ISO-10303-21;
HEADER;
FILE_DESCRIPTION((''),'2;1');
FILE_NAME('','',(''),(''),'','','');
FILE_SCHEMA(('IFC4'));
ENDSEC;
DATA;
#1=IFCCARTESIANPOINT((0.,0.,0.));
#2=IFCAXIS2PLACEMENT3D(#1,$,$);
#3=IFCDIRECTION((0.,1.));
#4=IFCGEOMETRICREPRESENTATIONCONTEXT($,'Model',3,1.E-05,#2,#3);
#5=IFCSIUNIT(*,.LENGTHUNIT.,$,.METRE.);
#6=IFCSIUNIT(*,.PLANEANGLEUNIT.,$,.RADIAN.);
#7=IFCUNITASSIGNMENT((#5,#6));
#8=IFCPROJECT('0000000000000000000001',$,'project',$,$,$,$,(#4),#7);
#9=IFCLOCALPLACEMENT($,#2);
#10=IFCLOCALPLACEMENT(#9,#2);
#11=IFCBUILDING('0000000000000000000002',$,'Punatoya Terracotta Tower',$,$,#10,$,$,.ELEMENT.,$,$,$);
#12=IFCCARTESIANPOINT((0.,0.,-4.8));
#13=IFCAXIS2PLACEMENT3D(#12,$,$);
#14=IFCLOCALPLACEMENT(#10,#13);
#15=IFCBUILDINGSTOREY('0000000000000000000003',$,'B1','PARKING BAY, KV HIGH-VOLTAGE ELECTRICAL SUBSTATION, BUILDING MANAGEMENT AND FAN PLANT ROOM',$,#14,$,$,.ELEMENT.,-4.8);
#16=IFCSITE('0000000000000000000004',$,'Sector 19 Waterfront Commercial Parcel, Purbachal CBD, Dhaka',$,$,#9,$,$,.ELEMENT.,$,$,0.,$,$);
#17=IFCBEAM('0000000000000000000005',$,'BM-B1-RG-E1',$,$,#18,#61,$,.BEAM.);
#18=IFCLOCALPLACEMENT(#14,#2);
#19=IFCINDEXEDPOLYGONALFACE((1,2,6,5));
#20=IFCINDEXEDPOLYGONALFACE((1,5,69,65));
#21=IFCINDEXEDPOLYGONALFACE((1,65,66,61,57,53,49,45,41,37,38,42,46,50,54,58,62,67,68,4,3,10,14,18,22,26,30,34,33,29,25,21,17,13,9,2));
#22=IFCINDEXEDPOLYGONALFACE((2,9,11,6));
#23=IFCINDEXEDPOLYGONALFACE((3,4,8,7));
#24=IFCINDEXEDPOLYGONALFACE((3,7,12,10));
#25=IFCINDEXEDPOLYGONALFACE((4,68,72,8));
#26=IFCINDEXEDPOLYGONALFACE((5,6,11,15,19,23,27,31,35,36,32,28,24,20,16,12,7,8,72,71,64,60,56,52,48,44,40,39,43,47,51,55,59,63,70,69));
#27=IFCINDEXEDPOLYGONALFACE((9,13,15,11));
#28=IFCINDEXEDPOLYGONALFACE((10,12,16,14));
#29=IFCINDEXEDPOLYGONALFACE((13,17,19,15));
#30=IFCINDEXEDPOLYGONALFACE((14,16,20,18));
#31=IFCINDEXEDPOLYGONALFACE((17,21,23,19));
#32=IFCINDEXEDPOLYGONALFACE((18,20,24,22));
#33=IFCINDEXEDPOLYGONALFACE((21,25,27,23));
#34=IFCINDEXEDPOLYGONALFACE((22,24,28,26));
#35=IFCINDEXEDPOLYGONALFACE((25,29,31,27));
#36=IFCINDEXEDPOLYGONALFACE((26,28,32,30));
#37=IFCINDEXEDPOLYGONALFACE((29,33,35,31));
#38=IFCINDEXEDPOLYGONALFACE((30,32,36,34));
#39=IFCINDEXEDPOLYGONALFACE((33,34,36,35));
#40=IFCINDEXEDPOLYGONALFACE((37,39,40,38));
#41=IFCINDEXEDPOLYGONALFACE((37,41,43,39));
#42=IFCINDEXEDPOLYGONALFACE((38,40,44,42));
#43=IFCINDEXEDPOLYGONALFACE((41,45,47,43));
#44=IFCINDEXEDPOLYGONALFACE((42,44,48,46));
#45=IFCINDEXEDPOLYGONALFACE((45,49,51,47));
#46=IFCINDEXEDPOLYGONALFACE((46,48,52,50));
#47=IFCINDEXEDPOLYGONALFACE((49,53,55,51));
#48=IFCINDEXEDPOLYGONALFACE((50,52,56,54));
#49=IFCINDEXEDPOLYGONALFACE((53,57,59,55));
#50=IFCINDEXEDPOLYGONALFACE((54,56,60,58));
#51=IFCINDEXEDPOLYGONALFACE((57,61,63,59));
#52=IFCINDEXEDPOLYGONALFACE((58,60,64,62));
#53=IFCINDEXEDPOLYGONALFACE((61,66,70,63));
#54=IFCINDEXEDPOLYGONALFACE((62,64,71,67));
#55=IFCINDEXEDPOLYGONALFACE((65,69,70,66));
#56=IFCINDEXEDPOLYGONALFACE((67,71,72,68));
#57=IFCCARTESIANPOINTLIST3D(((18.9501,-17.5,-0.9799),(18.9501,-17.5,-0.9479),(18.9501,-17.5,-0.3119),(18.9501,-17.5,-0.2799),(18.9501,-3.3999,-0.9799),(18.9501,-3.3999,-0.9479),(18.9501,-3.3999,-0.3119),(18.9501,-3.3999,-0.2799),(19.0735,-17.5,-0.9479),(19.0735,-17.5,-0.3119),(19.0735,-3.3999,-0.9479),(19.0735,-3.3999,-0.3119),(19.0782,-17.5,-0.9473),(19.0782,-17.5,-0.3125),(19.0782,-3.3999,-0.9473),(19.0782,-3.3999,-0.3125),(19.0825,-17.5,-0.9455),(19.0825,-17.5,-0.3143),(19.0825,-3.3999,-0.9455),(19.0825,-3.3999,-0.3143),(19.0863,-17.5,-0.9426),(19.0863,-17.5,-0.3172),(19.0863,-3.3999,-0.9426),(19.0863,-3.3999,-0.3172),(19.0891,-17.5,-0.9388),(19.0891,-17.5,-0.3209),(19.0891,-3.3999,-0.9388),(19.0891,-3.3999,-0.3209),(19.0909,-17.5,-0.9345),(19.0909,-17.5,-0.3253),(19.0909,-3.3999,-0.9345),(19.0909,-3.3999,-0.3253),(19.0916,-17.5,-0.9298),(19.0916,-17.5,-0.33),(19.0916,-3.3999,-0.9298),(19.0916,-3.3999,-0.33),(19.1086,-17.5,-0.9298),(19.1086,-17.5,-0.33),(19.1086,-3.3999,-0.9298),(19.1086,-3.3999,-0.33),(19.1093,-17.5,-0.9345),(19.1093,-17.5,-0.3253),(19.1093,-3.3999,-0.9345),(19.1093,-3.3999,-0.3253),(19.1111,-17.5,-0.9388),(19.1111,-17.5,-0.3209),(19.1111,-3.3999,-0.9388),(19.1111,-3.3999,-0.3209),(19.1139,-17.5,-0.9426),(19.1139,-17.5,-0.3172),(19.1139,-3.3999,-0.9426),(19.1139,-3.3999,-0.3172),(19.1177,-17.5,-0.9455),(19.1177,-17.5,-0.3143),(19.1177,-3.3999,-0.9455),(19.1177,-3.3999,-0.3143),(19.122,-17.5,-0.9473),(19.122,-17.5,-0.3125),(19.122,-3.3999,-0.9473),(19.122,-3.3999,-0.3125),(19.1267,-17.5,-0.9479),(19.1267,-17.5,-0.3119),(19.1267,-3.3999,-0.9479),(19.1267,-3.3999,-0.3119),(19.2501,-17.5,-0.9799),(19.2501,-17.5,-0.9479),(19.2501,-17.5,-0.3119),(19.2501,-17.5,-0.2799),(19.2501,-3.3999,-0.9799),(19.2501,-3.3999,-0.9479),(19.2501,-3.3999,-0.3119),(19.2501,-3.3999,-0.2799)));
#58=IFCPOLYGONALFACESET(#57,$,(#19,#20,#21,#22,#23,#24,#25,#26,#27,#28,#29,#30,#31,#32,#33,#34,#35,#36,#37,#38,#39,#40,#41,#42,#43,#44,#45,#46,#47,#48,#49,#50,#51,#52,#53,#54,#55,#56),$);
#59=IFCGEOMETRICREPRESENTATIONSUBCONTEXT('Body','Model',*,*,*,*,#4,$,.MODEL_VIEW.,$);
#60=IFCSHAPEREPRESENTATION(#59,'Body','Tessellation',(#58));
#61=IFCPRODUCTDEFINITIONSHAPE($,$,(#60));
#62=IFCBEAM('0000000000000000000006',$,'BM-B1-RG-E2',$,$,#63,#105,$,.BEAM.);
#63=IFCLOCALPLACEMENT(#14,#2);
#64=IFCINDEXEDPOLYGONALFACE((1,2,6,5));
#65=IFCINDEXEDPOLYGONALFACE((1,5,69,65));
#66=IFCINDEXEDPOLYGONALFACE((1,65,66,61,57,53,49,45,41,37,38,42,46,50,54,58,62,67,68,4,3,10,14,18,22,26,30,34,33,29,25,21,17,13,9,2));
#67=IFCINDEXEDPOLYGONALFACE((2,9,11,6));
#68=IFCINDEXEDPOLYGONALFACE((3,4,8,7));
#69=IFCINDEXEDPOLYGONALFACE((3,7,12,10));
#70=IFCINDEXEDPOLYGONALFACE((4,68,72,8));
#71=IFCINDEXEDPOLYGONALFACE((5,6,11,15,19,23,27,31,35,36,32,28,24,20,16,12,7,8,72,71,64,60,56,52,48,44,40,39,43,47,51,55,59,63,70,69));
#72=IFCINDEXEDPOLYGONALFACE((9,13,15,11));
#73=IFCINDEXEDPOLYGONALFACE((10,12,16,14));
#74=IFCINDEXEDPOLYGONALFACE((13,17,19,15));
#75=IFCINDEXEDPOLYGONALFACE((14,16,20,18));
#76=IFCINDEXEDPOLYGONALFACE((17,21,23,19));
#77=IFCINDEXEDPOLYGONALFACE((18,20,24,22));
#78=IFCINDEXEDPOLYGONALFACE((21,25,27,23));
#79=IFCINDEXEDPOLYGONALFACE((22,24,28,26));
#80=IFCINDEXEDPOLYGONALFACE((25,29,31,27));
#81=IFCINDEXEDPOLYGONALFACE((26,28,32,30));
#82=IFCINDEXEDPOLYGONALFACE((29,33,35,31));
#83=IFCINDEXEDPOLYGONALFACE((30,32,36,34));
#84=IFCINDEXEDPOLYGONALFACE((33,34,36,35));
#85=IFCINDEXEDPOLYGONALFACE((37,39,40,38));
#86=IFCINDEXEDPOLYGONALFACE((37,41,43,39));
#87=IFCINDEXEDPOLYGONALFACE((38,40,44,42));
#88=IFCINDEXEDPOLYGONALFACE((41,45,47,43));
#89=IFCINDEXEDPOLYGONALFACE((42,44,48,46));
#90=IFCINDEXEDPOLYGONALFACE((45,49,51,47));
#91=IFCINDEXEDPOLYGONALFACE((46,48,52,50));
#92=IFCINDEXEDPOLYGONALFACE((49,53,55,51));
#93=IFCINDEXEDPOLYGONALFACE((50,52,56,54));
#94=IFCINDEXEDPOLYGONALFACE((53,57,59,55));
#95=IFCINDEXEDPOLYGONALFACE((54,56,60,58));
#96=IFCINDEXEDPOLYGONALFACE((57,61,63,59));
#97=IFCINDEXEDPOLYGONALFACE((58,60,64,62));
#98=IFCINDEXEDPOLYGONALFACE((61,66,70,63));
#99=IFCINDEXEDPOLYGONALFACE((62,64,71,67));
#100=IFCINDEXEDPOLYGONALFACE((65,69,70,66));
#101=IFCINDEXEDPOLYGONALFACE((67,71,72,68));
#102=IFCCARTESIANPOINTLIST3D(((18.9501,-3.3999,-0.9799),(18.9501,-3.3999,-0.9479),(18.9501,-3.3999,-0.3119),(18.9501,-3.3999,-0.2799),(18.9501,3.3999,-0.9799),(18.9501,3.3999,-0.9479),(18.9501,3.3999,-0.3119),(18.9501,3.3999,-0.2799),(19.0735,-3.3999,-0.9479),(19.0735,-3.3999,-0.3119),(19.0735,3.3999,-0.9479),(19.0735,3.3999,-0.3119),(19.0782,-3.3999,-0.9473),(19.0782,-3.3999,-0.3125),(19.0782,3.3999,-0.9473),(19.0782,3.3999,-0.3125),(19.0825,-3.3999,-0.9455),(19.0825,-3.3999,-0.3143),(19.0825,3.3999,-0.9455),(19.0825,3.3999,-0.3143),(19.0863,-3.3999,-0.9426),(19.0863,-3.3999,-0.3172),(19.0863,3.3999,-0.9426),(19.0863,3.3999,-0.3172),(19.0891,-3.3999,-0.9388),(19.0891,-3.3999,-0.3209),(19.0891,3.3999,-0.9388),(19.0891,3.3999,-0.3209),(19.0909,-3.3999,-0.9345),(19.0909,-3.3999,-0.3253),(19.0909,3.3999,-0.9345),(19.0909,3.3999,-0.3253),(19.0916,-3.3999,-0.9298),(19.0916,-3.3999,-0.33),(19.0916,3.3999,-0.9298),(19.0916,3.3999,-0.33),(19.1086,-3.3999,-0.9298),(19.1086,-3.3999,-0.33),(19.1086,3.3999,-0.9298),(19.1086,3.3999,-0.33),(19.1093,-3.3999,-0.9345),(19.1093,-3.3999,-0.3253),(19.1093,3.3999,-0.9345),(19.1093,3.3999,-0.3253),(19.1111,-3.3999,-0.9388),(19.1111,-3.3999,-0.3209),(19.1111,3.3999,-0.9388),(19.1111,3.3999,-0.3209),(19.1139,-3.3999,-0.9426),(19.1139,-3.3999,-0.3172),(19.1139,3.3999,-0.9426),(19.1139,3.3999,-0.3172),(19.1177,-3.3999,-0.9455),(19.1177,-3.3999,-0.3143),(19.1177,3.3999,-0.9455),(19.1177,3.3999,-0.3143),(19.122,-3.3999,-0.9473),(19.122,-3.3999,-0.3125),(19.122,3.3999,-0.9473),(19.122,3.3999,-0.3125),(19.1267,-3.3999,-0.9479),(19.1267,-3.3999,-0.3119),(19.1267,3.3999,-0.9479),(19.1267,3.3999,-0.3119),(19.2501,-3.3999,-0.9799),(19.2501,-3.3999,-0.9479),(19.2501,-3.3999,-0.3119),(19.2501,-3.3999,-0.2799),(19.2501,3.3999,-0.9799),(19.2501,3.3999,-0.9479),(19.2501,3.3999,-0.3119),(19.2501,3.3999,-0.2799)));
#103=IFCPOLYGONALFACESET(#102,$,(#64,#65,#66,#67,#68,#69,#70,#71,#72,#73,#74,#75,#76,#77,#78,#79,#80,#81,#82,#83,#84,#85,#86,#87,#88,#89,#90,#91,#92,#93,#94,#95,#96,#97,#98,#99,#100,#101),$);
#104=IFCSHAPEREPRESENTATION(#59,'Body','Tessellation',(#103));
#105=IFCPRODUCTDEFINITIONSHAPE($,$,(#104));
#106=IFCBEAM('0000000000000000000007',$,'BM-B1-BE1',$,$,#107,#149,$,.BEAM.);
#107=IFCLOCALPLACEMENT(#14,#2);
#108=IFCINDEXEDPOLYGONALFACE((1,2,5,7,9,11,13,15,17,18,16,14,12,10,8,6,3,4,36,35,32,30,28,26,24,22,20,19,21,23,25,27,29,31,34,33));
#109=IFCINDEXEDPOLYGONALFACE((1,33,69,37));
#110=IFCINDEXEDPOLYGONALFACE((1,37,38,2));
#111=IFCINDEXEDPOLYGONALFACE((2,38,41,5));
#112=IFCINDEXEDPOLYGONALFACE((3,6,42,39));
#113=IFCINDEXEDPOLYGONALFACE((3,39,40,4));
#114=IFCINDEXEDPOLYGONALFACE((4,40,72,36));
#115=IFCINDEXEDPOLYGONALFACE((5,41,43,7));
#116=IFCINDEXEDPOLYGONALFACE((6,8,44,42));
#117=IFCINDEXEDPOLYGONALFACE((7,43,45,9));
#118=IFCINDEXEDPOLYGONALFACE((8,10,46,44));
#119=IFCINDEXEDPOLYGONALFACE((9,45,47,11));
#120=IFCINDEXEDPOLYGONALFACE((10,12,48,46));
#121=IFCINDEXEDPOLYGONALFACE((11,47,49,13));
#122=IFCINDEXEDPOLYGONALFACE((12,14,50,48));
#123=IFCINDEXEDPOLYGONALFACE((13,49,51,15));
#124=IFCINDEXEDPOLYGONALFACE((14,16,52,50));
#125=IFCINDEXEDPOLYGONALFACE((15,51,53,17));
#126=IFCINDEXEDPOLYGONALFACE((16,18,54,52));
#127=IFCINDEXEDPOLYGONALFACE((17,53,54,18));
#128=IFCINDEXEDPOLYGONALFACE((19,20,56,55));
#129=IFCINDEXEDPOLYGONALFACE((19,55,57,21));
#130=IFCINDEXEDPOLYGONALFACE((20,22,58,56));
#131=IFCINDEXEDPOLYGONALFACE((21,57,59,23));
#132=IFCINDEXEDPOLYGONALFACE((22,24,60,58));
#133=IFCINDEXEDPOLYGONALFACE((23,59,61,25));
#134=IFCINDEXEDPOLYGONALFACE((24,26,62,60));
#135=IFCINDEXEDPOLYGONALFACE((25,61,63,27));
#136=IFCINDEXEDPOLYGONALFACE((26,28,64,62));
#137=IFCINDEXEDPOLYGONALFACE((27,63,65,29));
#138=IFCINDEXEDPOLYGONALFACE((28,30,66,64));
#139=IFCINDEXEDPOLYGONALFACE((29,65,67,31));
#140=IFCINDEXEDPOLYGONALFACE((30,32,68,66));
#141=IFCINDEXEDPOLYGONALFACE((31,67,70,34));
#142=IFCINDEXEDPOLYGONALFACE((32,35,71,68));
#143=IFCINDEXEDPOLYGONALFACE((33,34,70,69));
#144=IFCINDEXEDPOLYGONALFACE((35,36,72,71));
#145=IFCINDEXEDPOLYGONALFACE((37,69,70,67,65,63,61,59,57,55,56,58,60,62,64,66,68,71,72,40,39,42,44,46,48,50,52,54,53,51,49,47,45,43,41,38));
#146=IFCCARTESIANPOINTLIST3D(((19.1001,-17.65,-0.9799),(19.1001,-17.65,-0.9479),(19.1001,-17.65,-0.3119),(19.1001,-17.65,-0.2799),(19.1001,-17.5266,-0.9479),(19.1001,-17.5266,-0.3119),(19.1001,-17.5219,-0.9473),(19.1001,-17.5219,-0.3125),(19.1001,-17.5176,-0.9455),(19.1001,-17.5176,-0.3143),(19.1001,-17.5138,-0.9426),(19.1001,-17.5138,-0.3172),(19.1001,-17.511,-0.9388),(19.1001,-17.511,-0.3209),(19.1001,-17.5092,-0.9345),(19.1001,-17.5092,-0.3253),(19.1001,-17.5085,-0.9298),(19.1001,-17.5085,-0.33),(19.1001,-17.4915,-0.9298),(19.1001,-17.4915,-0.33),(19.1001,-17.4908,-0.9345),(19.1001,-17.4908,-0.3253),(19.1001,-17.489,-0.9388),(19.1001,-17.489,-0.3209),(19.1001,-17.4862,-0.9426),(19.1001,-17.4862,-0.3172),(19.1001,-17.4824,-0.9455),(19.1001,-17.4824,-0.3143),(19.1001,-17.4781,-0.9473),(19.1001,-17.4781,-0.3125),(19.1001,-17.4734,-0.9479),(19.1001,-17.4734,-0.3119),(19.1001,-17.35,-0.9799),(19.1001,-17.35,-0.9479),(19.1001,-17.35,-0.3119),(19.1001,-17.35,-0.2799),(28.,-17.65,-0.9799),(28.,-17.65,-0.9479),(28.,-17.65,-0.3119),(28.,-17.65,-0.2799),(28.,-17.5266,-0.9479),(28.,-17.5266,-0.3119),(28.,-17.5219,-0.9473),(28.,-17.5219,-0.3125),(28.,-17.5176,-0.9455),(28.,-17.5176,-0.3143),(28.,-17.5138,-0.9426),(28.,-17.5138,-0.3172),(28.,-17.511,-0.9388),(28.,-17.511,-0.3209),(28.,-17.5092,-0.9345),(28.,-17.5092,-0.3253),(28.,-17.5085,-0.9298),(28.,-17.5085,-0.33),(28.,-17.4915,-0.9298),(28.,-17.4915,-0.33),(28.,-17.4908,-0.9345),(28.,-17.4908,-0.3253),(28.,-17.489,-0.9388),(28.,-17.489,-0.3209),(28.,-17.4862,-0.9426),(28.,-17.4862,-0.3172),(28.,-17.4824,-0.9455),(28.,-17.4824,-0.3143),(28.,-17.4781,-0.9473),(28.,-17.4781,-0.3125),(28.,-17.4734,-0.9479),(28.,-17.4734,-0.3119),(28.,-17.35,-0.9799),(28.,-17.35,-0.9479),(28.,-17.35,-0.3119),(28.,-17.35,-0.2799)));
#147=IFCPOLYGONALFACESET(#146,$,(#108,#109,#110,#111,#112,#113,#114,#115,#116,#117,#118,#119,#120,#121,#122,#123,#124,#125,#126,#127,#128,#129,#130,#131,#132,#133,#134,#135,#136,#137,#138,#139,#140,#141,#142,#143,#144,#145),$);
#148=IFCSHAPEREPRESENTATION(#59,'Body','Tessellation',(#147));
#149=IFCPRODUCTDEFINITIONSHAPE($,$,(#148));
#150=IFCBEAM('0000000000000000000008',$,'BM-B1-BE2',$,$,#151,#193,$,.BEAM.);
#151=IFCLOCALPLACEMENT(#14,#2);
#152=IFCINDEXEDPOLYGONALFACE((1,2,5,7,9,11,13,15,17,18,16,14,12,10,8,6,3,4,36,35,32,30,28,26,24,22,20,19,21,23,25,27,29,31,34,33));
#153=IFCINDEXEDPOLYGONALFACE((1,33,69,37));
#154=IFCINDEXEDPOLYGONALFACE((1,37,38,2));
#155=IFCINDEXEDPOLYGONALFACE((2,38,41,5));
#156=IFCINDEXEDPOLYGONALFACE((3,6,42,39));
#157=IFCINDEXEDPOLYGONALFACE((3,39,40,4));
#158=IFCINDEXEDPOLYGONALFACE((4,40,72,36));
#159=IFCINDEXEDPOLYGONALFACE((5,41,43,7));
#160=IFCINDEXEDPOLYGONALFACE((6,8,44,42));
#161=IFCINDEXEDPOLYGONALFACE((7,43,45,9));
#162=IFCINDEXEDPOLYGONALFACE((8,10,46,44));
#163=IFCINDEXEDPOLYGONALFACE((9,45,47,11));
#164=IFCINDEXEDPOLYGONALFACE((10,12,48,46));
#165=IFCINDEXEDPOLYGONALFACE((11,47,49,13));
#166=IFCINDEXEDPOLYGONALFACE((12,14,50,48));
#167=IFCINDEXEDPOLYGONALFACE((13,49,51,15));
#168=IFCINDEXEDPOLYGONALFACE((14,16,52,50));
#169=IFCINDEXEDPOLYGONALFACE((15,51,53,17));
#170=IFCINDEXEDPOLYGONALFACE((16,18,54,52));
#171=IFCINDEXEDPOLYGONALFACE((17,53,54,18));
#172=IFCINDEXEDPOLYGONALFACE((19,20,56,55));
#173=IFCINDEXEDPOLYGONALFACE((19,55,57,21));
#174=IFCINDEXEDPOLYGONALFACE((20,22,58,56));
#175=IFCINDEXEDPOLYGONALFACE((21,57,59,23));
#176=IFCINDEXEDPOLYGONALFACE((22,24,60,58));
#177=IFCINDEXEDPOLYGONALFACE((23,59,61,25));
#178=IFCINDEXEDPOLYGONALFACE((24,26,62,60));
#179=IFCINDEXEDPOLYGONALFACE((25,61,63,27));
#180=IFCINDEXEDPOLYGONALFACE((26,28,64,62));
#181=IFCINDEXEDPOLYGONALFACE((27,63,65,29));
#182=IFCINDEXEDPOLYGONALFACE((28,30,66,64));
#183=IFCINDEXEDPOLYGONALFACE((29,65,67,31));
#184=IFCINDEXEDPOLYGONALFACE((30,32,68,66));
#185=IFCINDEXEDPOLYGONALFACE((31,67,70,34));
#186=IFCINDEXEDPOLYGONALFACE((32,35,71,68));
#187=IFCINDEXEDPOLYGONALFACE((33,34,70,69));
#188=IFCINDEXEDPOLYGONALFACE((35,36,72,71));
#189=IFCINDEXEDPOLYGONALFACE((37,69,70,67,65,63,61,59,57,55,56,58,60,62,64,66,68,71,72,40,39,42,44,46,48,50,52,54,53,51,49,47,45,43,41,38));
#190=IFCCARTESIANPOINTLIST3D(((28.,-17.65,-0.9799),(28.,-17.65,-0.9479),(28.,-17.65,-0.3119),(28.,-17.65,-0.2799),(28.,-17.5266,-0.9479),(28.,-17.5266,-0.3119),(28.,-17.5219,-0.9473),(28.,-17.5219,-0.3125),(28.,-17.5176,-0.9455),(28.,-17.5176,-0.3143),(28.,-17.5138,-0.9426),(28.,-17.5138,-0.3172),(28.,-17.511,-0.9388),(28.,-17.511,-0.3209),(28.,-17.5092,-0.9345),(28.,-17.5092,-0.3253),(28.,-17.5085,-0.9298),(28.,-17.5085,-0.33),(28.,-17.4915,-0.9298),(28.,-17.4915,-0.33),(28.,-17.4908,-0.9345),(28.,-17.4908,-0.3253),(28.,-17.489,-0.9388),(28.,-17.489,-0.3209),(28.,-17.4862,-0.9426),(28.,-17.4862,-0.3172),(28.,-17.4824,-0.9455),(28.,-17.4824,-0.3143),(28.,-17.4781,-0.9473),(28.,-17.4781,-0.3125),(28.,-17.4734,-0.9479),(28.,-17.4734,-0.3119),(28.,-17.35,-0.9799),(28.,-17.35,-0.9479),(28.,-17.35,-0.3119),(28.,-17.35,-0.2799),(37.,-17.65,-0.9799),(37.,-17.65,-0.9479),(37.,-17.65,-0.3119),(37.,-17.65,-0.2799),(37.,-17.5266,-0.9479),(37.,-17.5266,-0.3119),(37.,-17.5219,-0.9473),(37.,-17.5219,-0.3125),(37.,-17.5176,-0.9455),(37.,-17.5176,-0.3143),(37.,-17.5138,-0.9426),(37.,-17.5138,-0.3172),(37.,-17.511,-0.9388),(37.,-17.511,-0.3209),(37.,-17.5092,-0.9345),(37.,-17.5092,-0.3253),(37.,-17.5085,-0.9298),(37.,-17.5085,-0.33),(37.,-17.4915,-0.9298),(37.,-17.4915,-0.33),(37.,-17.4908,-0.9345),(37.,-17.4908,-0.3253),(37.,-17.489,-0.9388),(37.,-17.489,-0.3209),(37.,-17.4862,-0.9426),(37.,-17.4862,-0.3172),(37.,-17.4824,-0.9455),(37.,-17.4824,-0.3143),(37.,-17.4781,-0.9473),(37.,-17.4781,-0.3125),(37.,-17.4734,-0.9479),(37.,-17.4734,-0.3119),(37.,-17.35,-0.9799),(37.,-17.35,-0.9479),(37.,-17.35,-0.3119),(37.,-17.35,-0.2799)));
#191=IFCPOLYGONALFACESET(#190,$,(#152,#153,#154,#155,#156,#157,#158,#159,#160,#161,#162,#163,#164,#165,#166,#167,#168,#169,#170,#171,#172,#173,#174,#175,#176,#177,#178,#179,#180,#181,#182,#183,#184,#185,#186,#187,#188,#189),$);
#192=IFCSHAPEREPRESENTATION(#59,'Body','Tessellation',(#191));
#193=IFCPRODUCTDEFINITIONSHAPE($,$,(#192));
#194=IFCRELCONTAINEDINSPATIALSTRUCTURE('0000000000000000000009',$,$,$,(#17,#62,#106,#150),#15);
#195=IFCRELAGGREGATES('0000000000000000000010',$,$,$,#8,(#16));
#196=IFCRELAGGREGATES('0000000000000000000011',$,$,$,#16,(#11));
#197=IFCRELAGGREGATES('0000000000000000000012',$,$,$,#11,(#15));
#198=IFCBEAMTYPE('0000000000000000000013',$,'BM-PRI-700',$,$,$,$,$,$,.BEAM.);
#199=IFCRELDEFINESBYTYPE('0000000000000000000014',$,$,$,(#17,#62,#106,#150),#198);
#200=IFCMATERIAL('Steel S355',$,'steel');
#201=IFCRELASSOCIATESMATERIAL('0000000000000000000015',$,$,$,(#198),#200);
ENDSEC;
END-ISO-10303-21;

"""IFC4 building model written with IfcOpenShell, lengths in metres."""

from ifc_helpers import new_model, si_unit, direction, frame, origin, origin_2d, place, context, subcontext, project, spatial, i_section, extrude, material, material_profile, profile_set, type_object, element, save


model = new_model("IFC4")

# Units and contexts
model_context = context("Model", 3, precision=1e-05, world=origin(), true_north=direction((0.0, 1.0)))
body_context = subcontext(model_context, "Body", "Model", "MODEL_VIEW")
ifc_project = project(units=[si_unit("LENGTHUNIT", "METRE"), si_unit("PLANEANGLEUNIT", "RADIAN")], contexts=[model_context])

# Site, building, storey
site_placement = place(None, origin())
site = spatial("IfcSite", under=ifc_project, at=site_placement, Name="Sector 19 Waterfront Commercial Parcel, Purbachal CBD, Dhaka", CompositionType="ELEMENT", RefElevation=0.0)
building_placement = place(site_placement, origin())
building = spatial("IfcBuilding", under=site, at=building_placement, Name="Punatoya Terracotta Tower", CompositionType="ELEMENT")
storey_placement = place(building_placement, frame((0.0, 0.0, -4.8)))
storey = spatial("IfcBuildingStorey", under=building, at=storey_placement, Name="B1", Description="PARKING BAY, KV HIGH-VOLTAGE ELECTRICAL SUBSTATION, BUILDING MANAGEMENT AND FAN PLANT ROOM", CompositionType="ELEMENT", Elevation=-4.8)

# Beams
ifc_material_1 = material(Name="Steel S355", Category="steel")
ifc_material_profile_1 = material_profile(ifc_material_1, i_section(OverallWidth=0.3, OverallDepth=0.7, WebThickness=0.0171, FlangeThickness=0.032, FilletRadius=0.0181, at=origin_2d()))
ifc_profile_set_1 = profile_set([ifc_material_profile_1], Name="Steel S355")
beam_type_1 = type_object("IfcBeamType", Name="BM-PRI-700", PredefinedType="BEAM", material=ifc_profile_set_1)
beam_1_placement = place(storey_placement, frame((19.1001, -17.5, -0.6299), z_axis=(0.0, 1.0, 0.0), x_axis=(-1.0, 0.0, 0.0)))
element("IfcBeam", 1, at=beam_1_placement, inside=storey, type_object=beam_type_1, Name="BM-B1-RG-E1", PredefinedType="BEAM", context=body_context, shape_type="SweptSolid", body=[
    extrude(i_section(OverallWidth=0.3, OverallDepth=0.7, WebThickness=0.0171, FlangeThickness=0.032, FilletRadius=0.0181, at=origin_2d()), origin(), (0.0, 0.0, 1.0), 14.1001),
])
beam_2_placement = place(storey_placement, frame((19.1001, -3.3999, -0.6299), z_axis=(0.0, 1.0, 0.0), x_axis=(-1.0, 0.0, 0.0)))
element("IfcBeam", 2, at=beam_2_placement, inside=storey, type_object=beam_type_1, Name="BM-B1-RG-E2", PredefinedType="BEAM", context=body_context, shape_type="SweptSolid", body=[
    extrude(i_section(OverallWidth=0.3, OverallDepth=0.7, WebThickness=0.0171, FlangeThickness=0.032, FilletRadius=0.0181, at=origin_2d()), origin(), (0.0, 0.0, 1.0), 6.7998),
])
beam_3_placement = place(storey_placement, frame((19.1001, -17.5, -0.6299), z_axis=(1.0, 0.0, 0.0), x_axis=(0.0, 1.0, 0.0)))
element("IfcBeam", 3, at=beam_3_placement, inside=storey, type_object=beam_type_1, Name="BM-B1-BE1", PredefinedType="BEAM", context=body_context, shape_type="SweptSolid", body=[
    extrude(i_section(OverallWidth=0.3, OverallDepth=0.7, WebThickness=0.0171, FlangeThickness=0.032, FilletRadius=0.0181, at=origin_2d()), origin(), (0.0, 0.0, 1.0), 8.8999),
])
beam_4_placement = place(storey_placement, frame((28.0, -17.5, -0.6299), z_axis=(1.0, 0.0, 0.0), x_axis=(0.0, 1.0, 0.0)))
element("IfcBeam", 4, at=beam_4_placement, inside=storey, type_object=beam_type_1, Name="BM-B1-BE2", PredefinedType="BEAM", context=body_context, shape_type="SweptSolid", body=[
    extrude(i_section(OverallWidth=0.3, OverallDepth=0.7, WebThickness=0.0171, FlangeThickness=0.032, FilletRadius=0.0181, at=origin_2d()), origin(), (0.0, 0.0, 1.0), 9.0),
])

save(model, "model.ifc")
